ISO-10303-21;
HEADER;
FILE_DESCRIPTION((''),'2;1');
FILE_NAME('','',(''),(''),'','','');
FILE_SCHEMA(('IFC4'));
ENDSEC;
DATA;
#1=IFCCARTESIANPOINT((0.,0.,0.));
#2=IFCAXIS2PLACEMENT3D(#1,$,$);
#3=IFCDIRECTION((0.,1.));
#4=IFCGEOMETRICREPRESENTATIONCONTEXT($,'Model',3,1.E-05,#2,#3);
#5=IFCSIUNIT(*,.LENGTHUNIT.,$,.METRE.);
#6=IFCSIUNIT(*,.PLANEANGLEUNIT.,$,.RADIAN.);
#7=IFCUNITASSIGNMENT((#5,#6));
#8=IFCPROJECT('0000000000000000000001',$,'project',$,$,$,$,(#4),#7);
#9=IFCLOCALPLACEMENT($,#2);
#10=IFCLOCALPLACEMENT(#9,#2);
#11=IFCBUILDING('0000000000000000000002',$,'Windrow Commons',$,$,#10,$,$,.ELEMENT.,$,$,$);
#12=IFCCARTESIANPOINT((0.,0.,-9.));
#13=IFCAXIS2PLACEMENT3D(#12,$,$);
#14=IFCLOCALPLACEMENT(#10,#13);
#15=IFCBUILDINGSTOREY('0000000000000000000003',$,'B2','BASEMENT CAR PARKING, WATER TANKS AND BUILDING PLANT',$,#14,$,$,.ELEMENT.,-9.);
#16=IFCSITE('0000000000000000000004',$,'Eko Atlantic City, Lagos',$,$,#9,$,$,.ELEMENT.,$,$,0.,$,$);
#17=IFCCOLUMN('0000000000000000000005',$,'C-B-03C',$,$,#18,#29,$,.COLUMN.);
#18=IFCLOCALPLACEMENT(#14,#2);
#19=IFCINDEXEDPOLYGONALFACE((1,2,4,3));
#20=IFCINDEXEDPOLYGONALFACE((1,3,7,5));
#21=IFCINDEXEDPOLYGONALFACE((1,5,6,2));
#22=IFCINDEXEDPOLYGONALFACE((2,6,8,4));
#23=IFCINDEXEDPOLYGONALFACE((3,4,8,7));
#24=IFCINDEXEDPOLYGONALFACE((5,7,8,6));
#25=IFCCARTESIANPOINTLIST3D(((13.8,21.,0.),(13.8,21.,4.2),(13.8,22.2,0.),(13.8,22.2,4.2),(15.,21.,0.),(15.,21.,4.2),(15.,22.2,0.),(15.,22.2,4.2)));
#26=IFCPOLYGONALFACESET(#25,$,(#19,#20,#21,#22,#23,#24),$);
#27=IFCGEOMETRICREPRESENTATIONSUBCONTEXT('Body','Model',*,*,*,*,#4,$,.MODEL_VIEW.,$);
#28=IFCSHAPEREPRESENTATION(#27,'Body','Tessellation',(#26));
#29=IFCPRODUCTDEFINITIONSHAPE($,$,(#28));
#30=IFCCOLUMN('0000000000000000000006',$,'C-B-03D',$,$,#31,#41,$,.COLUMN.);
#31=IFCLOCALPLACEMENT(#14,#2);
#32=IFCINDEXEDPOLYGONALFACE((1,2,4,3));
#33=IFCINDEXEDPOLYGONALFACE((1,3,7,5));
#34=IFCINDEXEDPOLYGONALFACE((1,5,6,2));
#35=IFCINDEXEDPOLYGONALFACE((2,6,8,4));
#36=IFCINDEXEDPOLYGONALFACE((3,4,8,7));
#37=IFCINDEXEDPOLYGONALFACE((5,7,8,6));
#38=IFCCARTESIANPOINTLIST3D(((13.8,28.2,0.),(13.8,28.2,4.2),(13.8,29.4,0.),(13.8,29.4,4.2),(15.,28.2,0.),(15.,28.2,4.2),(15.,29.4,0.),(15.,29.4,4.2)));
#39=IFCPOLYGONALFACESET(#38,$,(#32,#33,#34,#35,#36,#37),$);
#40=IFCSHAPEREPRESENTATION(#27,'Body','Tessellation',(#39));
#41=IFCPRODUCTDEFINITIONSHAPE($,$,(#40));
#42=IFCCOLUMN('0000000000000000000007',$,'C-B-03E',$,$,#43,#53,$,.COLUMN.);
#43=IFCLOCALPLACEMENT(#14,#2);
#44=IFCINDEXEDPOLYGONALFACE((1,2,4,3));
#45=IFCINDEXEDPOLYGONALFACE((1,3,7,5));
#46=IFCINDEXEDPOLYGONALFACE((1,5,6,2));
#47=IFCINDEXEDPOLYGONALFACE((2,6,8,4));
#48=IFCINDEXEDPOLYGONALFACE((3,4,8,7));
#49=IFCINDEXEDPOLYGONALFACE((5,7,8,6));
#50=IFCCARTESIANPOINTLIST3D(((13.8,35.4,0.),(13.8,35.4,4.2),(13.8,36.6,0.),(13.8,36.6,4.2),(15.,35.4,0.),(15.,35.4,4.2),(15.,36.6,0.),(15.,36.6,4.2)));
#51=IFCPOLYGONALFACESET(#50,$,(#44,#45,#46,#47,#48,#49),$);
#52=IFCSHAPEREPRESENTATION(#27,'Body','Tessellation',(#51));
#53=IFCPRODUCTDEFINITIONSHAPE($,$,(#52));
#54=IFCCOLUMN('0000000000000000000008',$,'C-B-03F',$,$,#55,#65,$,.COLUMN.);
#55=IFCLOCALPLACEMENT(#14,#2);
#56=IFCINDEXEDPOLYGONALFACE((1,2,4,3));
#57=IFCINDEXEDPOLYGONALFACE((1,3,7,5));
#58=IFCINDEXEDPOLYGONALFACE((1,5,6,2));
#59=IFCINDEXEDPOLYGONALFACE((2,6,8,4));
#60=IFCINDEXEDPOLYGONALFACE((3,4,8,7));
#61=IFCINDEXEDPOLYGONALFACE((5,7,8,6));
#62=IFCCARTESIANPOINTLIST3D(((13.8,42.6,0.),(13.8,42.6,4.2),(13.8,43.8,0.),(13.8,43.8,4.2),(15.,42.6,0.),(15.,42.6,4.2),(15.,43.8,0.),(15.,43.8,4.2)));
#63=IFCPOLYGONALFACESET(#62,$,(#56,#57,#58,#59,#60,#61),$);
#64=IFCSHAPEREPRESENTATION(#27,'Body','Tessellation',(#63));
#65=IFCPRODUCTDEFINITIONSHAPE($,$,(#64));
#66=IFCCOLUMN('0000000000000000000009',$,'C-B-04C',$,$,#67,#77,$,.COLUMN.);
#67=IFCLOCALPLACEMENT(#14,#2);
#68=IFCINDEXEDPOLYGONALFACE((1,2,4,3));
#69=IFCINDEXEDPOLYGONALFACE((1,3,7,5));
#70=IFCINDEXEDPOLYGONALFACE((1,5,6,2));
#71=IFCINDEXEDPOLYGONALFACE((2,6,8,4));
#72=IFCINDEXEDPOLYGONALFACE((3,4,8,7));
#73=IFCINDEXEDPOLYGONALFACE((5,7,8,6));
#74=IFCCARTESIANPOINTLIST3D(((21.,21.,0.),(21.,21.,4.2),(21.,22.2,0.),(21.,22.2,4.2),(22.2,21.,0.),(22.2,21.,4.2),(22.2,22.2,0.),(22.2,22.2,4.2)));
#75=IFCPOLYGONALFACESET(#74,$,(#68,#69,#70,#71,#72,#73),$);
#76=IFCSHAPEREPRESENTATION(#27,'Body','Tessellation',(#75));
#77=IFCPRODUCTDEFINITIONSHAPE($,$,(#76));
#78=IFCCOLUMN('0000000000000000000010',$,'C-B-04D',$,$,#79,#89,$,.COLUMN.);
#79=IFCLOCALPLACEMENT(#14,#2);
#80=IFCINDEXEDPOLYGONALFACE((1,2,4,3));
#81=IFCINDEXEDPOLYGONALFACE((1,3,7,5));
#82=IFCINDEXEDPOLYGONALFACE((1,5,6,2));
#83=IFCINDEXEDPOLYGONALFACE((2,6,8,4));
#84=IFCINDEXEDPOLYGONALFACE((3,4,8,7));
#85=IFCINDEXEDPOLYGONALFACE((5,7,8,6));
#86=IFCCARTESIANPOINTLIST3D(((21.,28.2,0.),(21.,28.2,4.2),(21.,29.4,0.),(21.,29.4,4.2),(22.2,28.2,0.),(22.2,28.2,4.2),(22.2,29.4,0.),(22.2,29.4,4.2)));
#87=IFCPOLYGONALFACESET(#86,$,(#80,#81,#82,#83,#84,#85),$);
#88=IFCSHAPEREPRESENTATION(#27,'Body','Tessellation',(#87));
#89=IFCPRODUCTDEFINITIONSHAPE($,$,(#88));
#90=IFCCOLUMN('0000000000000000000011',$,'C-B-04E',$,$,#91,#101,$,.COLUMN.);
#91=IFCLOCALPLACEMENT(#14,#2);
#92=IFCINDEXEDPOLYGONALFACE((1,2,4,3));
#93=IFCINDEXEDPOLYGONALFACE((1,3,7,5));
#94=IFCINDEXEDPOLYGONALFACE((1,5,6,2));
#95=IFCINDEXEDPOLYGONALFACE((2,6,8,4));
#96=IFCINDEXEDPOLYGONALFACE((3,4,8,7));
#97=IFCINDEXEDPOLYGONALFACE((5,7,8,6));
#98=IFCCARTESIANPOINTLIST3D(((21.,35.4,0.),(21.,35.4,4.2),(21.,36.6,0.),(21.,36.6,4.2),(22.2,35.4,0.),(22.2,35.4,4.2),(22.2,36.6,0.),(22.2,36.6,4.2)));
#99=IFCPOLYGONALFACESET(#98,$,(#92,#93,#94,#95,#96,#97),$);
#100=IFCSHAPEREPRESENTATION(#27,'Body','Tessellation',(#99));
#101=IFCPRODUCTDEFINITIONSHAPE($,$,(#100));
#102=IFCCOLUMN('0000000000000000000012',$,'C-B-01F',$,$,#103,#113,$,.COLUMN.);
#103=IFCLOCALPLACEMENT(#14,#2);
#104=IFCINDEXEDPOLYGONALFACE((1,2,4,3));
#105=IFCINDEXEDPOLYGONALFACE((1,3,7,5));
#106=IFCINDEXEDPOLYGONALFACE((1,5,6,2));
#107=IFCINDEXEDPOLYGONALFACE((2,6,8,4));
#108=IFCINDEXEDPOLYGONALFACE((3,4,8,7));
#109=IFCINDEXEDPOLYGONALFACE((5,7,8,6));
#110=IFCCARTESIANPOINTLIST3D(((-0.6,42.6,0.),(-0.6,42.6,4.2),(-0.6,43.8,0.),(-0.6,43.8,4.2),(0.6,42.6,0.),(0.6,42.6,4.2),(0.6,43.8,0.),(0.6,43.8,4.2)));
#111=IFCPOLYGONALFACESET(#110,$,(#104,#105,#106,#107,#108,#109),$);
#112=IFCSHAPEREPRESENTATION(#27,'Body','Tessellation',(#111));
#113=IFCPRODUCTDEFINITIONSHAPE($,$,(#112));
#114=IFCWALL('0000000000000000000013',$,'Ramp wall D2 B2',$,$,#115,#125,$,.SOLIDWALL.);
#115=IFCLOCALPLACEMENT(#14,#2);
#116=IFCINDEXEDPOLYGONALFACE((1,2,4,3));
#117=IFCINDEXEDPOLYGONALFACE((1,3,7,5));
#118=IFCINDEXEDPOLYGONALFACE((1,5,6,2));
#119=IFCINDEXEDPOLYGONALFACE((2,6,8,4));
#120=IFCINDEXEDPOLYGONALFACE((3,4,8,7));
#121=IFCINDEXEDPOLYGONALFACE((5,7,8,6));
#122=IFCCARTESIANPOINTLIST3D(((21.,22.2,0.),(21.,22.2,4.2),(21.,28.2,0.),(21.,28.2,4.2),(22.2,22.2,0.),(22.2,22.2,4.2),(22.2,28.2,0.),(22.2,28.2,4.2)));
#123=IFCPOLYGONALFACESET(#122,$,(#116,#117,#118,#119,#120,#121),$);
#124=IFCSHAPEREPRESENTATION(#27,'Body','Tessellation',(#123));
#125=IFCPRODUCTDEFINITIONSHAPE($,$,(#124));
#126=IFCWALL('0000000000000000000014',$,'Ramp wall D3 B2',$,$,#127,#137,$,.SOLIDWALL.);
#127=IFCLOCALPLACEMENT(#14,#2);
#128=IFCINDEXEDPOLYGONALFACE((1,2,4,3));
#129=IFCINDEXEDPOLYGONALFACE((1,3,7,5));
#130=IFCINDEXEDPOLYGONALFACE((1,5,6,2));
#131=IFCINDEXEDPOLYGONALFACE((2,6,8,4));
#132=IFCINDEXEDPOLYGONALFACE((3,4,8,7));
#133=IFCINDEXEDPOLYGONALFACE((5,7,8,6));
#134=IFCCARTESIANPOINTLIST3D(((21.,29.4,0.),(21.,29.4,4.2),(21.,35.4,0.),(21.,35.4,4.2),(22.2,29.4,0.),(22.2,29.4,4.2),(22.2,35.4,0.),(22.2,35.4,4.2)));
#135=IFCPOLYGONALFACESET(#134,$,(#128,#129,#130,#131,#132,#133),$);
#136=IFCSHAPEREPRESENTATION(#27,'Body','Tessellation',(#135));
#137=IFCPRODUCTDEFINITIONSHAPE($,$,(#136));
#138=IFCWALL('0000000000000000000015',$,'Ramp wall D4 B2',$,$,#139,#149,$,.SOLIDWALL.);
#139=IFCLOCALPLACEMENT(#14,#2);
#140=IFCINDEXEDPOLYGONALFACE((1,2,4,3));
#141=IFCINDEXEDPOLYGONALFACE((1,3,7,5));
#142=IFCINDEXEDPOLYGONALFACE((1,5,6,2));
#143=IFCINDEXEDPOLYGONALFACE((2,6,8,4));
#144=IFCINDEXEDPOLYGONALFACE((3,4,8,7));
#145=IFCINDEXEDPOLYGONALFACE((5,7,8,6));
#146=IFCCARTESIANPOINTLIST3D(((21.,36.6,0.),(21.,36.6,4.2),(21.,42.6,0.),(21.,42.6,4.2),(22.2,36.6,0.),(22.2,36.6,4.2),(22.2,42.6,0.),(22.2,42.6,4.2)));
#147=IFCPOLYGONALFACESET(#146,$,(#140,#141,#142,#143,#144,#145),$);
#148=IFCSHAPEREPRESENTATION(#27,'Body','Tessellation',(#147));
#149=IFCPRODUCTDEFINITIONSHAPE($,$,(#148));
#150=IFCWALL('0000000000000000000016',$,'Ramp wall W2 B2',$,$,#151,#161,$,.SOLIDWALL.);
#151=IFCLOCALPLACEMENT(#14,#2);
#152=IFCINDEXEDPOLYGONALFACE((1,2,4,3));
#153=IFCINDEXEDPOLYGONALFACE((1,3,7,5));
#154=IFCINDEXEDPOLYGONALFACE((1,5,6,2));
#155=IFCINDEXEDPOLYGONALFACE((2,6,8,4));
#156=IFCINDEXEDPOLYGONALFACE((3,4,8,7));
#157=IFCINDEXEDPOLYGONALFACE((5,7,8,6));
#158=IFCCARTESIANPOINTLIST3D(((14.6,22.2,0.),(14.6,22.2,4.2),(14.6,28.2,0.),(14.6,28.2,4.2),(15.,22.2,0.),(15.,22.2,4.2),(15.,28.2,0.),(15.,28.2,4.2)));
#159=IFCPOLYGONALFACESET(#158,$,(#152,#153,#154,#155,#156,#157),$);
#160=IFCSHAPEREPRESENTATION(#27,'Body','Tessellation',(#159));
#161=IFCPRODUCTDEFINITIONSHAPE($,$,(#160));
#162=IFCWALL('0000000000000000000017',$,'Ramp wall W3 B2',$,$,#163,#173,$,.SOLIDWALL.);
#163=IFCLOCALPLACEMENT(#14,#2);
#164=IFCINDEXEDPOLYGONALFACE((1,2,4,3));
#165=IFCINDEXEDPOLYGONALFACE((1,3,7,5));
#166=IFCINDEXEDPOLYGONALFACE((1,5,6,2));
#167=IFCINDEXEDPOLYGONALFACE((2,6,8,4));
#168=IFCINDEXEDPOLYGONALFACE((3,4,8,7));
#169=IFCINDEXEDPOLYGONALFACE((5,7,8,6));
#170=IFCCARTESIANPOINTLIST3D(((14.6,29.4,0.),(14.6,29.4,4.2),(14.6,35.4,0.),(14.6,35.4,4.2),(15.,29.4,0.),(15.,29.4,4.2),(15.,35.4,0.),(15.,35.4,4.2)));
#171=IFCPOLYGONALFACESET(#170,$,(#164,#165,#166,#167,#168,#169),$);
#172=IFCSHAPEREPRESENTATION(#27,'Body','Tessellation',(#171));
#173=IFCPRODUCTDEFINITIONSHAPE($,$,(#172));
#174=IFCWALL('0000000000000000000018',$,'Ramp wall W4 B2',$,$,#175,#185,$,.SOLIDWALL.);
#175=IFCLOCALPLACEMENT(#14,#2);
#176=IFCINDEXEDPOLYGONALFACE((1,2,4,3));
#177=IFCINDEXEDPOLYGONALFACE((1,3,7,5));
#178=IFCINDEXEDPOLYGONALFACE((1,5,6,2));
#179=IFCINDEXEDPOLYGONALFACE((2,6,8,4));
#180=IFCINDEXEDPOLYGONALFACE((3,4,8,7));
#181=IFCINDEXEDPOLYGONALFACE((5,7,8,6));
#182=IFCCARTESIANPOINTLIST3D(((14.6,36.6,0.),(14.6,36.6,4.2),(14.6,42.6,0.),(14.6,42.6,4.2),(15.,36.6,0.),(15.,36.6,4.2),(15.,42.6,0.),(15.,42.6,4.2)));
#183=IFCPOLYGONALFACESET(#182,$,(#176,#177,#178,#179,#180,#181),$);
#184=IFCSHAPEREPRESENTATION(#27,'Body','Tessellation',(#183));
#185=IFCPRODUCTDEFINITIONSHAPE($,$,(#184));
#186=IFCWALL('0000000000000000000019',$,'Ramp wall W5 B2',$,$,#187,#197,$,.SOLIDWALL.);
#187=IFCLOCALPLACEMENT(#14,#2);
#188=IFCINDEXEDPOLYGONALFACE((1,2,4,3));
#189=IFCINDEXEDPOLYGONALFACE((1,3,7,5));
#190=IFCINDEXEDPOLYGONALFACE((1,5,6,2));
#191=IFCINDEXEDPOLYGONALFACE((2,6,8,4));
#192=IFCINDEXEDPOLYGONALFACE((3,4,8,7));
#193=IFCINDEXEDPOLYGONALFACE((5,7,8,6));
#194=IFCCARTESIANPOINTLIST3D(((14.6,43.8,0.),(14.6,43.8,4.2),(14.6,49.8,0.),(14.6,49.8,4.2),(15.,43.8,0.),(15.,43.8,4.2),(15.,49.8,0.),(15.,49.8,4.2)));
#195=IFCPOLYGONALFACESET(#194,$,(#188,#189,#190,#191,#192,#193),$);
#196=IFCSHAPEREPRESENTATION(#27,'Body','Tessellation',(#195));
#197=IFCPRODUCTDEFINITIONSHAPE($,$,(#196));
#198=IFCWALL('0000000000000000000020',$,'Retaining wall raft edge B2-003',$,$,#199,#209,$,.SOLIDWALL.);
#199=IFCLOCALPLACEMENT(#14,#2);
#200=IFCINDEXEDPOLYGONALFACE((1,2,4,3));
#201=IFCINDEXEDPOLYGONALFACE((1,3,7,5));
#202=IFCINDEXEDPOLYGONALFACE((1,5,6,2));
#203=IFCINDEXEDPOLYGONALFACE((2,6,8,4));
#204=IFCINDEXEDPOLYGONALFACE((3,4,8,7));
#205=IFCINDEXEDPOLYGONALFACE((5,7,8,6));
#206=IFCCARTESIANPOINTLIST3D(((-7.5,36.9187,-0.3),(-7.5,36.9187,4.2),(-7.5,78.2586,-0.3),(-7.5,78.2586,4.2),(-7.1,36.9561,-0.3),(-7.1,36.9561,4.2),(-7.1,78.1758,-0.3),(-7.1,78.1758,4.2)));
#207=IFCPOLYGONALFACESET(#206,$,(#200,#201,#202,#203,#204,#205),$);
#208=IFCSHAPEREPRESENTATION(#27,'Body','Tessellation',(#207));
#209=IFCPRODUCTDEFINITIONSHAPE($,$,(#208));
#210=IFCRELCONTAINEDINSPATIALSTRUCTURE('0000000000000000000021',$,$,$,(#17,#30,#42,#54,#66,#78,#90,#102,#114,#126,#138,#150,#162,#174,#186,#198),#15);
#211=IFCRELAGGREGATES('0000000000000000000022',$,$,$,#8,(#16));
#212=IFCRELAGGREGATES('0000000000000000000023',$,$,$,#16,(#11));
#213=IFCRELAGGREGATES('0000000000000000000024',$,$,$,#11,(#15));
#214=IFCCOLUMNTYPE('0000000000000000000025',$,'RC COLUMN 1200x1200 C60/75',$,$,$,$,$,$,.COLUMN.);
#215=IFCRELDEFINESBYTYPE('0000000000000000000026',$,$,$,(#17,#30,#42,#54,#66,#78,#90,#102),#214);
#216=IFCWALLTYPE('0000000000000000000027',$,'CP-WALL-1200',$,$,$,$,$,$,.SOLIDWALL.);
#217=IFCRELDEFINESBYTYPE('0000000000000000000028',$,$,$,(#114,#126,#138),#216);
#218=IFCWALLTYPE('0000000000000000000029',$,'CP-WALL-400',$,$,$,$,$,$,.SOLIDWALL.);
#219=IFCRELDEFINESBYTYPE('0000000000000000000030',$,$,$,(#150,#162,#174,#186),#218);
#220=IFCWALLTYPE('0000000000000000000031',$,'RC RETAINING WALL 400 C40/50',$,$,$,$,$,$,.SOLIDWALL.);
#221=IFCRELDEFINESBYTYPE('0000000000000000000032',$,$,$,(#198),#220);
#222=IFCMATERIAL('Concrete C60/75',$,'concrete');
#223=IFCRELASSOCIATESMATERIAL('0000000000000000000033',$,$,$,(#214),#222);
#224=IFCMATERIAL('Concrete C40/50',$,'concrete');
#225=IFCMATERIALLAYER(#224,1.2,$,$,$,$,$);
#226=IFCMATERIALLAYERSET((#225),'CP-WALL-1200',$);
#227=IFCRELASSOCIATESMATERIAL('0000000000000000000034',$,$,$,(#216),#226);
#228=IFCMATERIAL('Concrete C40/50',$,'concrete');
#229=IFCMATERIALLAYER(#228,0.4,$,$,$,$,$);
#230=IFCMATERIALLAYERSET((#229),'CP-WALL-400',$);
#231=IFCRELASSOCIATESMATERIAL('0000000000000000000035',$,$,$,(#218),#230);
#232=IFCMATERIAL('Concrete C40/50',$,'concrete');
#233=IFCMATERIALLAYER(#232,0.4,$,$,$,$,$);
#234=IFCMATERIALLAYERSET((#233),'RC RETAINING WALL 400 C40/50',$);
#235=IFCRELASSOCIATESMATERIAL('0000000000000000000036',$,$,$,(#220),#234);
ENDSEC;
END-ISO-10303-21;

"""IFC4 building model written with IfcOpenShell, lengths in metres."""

from ifc_helpers import new_model, si_unit, direction, frame, frame_2d, origin, origin_2d, place, context, subcontext, project, spatial, polyline, rectangle, outline, extrude, material, layer, layer_set, material_profile, profile_set, type_object, element, save


model = new_model("IFC4")

# Units and contexts
model_context = context("Model", 3, precision=1e-05, world=origin(), true_north=direction((0.0, 1.0)))
body_context = subcontext(model_context, "Body", "Model", "MODEL_VIEW")
ifc_project = project(units=[si_unit("LENGTHUNIT", "METRE"), si_unit("PLANEANGLEUNIT", "RADIAN")], contexts=[model_context])

# Site, building, storey
site_placement = place(None, origin())
site = spatial("IfcSite", under=ifc_project, at=site_placement, Name="Eko Atlantic City, Lagos", CompositionType="ELEMENT", RefElevation=0.0)
building_placement = place(site_placement, origin())
building = spatial("IfcBuilding", under=site, at=building_placement, Name="Windrow Commons", CompositionType="ELEMENT")
storey_placement = place(building_placement, frame((0.0, 0.0, -9.0)))
storey = spatial("IfcBuildingStorey", under=building, at=storey_placement, Name="B2", Description="BASEMENT CAR PARKING, WATER TANKS AND BUILDING PLANT", CompositionType="ELEMENT", Elevation=-9.0)

# Columns
ifc_material_1 = material(Name="Concrete C60/75", Category="concrete")
ifc_material_profile_1 = material_profile(ifc_material_1, rectangle(XDim=1.2, YDim=1.2, at=origin_2d()))
ifc_profile_set_1 = profile_set([ifc_material_profile_1], Name="Concrete C60/75")
column_type = type_object("IfcColumnType", Name="RC COLUMN 1200x1200 C60/75", PredefinedType="COLUMN", material=ifc_profile_set_1)
for number, where, z_axis, x_axis, name in (
    (1, (14.4, 21.6, 0.0), (0.0, 0.0, 1.0), (1.0, 0.0, 0.0), "C-B-03C"),
    (2, (14.4, 28.8, 0.0), (0.0, 0.0, 1.0), (1.0, 0.0, 0.0), "C-B-03D"),
    (3, (14.4, 36.0, 0.0), (0.0, 0.0, 1.0), (1.0, 0.0, 0.0), "C-B-03E"),
    (4, (14.4, 43.2, 0.0), (0.0, 0.0, 1.0), (1.0, 0.0, 0.0), "C-B-03F"),
    (5, (21.6, 21.6, 0.0), (0.0, 0.0, 1.0), (1.0, 0.0, 0.0), "C-B-04C"),
    (6, (21.6, 28.8, 0.0), (0.0, 0.0, 1.0), (1.0, 0.0, 0.0), "C-B-04D"),
    (7, (21.6, 36.0, 0.0), (0.0, 0.0, 1.0), (1.0, 0.0, 0.0), "C-B-04E"),
    (8, (0.0, 43.2, 0.0), (0.0, 0.0, 1.0), (1.0, 0.0, 0.0), "C-B-01F"),
):
    element("IfcColumn", number, at=place(storey_placement, frame(where, z_axis=z_axis, x_axis=x_axis)), inside=storey, type_object=column_type, Name=name, PredefinedType="COLUMN", context=body_context, shape_type="SweptSolid", body=[
        extrude(rectangle(XDim=1.2, YDim=1.2, at=origin_2d()), origin(), (0.0, 0.0, 1.0), 4.2),
    ])

# Walls
ifc_material_2 = material(Name="Concrete C40/50", Category="concrete")
ifc_layer_1 = layer(ifc_material_2, 1.2)
ifc_layer_set_1 = layer_set([ifc_layer_1], Name="CP-WALL-1200")
wall_type_1 = type_object("IfcWallType", Name="CP-WALL-1200", PredefinedType="SOLIDWALL", material=ifc_layer_set_1)
for number, where, z_axis, x_axis, name in (
    (9, (21.6, 22.2, 0.0), (0.0, 0.0, 1.0), (0.0, 1.0, 0.0), "Ramp wall D2 B2"),
    (10, (21.6, 29.4, 0.0), (0.0, 0.0, 1.0), (0.0, 1.0, 0.0), "Ramp wall D3 B2"),
    (11, (21.6, 36.6, 0.0), (0.0, 0.0, 1.0), (0.0, 1.0, 0.0), "Ramp wall D4 B2"),
):
    element("IfcWall", number, at=place(storey_placement, frame(where, z_axis=z_axis, x_axis=x_axis)), inside=storey, type_object=wall_type_1, Name=name, PredefinedType="SOLIDWALL", context=body_context, shape_type="SweptSolid", body=[
        extrude(rectangle(XDim=6.0, YDim=1.2, at=frame_2d((3.0, 0.0))), origin(), (0.0, 0.0, 1.0), 4.2),
    ])
ifc_material_3 = material(Name="Concrete C40/50", Category="concrete")
ifc_layer_2 = layer(ifc_material_3, 0.4)
ifc_layer_set_2 = layer_set([ifc_layer_2], Name="CP-WALL-400")
wall_type_2 = type_object("IfcWallType", Name="CP-WALL-400", PredefinedType="SOLIDWALL", material=ifc_layer_set_2)
for number, where, z_axis, x_axis, name in (
    (12, (14.8, 22.2, 0.0), (0.0, 0.0, 1.0), (0.0, 1.0, 0.0), "Ramp wall W2 B2"),
    (13, (14.8, 29.4, 0.0), (0.0, 0.0, 1.0), (0.0, 1.0, 0.0), "Ramp wall W3 B2"),
    (14, (14.8, 36.6, 0.0), (0.0, 0.0, 1.0), (0.0, 1.0, 0.0), "Ramp wall W4 B2"),
    (15, (14.8, 43.8, 0.0), (0.0, 0.0, 1.0), (0.0, 1.0, 0.0), "Ramp wall W5 B2"),
):
    element("IfcWall", number, at=place(storey_placement, frame(where, z_axis=z_axis, x_axis=x_axis)), inside=storey, type_object=wall_type_2, Name=name, PredefinedType="SOLIDWALL", context=body_context, shape_type="SweptSolid", body=[
        extrude(rectangle(XDim=6.0, YDim=0.4, at=frame_2d((3.0, 0.0))), origin(), (0.0, 0.0, 1.0), 4.2),
    ])
ifc_material_4 = material(Name="Concrete C40/50", Category="concrete")
ifc_layer_3 = layer(ifc_material_4, 0.4)
ifc_layer_set_3 = layer_set([ifc_layer_3], Name="RC RETAINING WALL 400 C40/50")
wall_type_3 = type_object("IfcWallType", Name="RC RETAINING WALL 400 C40/50", PredefinedType="SOLIDWALL", material=ifc_layer_set_3)
wall_placement = place(storey_placement, frame((-7.3, 36.9374, -0.3), z_axis=(0.0, 0.0, 1.0), x_axis=(0.0, 1.0, 0.0)))
element("IfcWall", 16, at=wall_placement, inside=storey, type_object=wall_type_3, Name="Retaining wall raft edge B2-003", PredefinedType="SOLIDWALL", context=body_context, shape_type="SweptSolid", body=[
    extrude(outline(polyline([(0.0187, -0.2), (41.2384, -0.2), (41.3212, 0.2), (-0.0187, 0.2), (0.0187, -0.2)])), origin(), (0.0, 0.0, 1.0), 4.5),
])

save(model, "model.ifc")
